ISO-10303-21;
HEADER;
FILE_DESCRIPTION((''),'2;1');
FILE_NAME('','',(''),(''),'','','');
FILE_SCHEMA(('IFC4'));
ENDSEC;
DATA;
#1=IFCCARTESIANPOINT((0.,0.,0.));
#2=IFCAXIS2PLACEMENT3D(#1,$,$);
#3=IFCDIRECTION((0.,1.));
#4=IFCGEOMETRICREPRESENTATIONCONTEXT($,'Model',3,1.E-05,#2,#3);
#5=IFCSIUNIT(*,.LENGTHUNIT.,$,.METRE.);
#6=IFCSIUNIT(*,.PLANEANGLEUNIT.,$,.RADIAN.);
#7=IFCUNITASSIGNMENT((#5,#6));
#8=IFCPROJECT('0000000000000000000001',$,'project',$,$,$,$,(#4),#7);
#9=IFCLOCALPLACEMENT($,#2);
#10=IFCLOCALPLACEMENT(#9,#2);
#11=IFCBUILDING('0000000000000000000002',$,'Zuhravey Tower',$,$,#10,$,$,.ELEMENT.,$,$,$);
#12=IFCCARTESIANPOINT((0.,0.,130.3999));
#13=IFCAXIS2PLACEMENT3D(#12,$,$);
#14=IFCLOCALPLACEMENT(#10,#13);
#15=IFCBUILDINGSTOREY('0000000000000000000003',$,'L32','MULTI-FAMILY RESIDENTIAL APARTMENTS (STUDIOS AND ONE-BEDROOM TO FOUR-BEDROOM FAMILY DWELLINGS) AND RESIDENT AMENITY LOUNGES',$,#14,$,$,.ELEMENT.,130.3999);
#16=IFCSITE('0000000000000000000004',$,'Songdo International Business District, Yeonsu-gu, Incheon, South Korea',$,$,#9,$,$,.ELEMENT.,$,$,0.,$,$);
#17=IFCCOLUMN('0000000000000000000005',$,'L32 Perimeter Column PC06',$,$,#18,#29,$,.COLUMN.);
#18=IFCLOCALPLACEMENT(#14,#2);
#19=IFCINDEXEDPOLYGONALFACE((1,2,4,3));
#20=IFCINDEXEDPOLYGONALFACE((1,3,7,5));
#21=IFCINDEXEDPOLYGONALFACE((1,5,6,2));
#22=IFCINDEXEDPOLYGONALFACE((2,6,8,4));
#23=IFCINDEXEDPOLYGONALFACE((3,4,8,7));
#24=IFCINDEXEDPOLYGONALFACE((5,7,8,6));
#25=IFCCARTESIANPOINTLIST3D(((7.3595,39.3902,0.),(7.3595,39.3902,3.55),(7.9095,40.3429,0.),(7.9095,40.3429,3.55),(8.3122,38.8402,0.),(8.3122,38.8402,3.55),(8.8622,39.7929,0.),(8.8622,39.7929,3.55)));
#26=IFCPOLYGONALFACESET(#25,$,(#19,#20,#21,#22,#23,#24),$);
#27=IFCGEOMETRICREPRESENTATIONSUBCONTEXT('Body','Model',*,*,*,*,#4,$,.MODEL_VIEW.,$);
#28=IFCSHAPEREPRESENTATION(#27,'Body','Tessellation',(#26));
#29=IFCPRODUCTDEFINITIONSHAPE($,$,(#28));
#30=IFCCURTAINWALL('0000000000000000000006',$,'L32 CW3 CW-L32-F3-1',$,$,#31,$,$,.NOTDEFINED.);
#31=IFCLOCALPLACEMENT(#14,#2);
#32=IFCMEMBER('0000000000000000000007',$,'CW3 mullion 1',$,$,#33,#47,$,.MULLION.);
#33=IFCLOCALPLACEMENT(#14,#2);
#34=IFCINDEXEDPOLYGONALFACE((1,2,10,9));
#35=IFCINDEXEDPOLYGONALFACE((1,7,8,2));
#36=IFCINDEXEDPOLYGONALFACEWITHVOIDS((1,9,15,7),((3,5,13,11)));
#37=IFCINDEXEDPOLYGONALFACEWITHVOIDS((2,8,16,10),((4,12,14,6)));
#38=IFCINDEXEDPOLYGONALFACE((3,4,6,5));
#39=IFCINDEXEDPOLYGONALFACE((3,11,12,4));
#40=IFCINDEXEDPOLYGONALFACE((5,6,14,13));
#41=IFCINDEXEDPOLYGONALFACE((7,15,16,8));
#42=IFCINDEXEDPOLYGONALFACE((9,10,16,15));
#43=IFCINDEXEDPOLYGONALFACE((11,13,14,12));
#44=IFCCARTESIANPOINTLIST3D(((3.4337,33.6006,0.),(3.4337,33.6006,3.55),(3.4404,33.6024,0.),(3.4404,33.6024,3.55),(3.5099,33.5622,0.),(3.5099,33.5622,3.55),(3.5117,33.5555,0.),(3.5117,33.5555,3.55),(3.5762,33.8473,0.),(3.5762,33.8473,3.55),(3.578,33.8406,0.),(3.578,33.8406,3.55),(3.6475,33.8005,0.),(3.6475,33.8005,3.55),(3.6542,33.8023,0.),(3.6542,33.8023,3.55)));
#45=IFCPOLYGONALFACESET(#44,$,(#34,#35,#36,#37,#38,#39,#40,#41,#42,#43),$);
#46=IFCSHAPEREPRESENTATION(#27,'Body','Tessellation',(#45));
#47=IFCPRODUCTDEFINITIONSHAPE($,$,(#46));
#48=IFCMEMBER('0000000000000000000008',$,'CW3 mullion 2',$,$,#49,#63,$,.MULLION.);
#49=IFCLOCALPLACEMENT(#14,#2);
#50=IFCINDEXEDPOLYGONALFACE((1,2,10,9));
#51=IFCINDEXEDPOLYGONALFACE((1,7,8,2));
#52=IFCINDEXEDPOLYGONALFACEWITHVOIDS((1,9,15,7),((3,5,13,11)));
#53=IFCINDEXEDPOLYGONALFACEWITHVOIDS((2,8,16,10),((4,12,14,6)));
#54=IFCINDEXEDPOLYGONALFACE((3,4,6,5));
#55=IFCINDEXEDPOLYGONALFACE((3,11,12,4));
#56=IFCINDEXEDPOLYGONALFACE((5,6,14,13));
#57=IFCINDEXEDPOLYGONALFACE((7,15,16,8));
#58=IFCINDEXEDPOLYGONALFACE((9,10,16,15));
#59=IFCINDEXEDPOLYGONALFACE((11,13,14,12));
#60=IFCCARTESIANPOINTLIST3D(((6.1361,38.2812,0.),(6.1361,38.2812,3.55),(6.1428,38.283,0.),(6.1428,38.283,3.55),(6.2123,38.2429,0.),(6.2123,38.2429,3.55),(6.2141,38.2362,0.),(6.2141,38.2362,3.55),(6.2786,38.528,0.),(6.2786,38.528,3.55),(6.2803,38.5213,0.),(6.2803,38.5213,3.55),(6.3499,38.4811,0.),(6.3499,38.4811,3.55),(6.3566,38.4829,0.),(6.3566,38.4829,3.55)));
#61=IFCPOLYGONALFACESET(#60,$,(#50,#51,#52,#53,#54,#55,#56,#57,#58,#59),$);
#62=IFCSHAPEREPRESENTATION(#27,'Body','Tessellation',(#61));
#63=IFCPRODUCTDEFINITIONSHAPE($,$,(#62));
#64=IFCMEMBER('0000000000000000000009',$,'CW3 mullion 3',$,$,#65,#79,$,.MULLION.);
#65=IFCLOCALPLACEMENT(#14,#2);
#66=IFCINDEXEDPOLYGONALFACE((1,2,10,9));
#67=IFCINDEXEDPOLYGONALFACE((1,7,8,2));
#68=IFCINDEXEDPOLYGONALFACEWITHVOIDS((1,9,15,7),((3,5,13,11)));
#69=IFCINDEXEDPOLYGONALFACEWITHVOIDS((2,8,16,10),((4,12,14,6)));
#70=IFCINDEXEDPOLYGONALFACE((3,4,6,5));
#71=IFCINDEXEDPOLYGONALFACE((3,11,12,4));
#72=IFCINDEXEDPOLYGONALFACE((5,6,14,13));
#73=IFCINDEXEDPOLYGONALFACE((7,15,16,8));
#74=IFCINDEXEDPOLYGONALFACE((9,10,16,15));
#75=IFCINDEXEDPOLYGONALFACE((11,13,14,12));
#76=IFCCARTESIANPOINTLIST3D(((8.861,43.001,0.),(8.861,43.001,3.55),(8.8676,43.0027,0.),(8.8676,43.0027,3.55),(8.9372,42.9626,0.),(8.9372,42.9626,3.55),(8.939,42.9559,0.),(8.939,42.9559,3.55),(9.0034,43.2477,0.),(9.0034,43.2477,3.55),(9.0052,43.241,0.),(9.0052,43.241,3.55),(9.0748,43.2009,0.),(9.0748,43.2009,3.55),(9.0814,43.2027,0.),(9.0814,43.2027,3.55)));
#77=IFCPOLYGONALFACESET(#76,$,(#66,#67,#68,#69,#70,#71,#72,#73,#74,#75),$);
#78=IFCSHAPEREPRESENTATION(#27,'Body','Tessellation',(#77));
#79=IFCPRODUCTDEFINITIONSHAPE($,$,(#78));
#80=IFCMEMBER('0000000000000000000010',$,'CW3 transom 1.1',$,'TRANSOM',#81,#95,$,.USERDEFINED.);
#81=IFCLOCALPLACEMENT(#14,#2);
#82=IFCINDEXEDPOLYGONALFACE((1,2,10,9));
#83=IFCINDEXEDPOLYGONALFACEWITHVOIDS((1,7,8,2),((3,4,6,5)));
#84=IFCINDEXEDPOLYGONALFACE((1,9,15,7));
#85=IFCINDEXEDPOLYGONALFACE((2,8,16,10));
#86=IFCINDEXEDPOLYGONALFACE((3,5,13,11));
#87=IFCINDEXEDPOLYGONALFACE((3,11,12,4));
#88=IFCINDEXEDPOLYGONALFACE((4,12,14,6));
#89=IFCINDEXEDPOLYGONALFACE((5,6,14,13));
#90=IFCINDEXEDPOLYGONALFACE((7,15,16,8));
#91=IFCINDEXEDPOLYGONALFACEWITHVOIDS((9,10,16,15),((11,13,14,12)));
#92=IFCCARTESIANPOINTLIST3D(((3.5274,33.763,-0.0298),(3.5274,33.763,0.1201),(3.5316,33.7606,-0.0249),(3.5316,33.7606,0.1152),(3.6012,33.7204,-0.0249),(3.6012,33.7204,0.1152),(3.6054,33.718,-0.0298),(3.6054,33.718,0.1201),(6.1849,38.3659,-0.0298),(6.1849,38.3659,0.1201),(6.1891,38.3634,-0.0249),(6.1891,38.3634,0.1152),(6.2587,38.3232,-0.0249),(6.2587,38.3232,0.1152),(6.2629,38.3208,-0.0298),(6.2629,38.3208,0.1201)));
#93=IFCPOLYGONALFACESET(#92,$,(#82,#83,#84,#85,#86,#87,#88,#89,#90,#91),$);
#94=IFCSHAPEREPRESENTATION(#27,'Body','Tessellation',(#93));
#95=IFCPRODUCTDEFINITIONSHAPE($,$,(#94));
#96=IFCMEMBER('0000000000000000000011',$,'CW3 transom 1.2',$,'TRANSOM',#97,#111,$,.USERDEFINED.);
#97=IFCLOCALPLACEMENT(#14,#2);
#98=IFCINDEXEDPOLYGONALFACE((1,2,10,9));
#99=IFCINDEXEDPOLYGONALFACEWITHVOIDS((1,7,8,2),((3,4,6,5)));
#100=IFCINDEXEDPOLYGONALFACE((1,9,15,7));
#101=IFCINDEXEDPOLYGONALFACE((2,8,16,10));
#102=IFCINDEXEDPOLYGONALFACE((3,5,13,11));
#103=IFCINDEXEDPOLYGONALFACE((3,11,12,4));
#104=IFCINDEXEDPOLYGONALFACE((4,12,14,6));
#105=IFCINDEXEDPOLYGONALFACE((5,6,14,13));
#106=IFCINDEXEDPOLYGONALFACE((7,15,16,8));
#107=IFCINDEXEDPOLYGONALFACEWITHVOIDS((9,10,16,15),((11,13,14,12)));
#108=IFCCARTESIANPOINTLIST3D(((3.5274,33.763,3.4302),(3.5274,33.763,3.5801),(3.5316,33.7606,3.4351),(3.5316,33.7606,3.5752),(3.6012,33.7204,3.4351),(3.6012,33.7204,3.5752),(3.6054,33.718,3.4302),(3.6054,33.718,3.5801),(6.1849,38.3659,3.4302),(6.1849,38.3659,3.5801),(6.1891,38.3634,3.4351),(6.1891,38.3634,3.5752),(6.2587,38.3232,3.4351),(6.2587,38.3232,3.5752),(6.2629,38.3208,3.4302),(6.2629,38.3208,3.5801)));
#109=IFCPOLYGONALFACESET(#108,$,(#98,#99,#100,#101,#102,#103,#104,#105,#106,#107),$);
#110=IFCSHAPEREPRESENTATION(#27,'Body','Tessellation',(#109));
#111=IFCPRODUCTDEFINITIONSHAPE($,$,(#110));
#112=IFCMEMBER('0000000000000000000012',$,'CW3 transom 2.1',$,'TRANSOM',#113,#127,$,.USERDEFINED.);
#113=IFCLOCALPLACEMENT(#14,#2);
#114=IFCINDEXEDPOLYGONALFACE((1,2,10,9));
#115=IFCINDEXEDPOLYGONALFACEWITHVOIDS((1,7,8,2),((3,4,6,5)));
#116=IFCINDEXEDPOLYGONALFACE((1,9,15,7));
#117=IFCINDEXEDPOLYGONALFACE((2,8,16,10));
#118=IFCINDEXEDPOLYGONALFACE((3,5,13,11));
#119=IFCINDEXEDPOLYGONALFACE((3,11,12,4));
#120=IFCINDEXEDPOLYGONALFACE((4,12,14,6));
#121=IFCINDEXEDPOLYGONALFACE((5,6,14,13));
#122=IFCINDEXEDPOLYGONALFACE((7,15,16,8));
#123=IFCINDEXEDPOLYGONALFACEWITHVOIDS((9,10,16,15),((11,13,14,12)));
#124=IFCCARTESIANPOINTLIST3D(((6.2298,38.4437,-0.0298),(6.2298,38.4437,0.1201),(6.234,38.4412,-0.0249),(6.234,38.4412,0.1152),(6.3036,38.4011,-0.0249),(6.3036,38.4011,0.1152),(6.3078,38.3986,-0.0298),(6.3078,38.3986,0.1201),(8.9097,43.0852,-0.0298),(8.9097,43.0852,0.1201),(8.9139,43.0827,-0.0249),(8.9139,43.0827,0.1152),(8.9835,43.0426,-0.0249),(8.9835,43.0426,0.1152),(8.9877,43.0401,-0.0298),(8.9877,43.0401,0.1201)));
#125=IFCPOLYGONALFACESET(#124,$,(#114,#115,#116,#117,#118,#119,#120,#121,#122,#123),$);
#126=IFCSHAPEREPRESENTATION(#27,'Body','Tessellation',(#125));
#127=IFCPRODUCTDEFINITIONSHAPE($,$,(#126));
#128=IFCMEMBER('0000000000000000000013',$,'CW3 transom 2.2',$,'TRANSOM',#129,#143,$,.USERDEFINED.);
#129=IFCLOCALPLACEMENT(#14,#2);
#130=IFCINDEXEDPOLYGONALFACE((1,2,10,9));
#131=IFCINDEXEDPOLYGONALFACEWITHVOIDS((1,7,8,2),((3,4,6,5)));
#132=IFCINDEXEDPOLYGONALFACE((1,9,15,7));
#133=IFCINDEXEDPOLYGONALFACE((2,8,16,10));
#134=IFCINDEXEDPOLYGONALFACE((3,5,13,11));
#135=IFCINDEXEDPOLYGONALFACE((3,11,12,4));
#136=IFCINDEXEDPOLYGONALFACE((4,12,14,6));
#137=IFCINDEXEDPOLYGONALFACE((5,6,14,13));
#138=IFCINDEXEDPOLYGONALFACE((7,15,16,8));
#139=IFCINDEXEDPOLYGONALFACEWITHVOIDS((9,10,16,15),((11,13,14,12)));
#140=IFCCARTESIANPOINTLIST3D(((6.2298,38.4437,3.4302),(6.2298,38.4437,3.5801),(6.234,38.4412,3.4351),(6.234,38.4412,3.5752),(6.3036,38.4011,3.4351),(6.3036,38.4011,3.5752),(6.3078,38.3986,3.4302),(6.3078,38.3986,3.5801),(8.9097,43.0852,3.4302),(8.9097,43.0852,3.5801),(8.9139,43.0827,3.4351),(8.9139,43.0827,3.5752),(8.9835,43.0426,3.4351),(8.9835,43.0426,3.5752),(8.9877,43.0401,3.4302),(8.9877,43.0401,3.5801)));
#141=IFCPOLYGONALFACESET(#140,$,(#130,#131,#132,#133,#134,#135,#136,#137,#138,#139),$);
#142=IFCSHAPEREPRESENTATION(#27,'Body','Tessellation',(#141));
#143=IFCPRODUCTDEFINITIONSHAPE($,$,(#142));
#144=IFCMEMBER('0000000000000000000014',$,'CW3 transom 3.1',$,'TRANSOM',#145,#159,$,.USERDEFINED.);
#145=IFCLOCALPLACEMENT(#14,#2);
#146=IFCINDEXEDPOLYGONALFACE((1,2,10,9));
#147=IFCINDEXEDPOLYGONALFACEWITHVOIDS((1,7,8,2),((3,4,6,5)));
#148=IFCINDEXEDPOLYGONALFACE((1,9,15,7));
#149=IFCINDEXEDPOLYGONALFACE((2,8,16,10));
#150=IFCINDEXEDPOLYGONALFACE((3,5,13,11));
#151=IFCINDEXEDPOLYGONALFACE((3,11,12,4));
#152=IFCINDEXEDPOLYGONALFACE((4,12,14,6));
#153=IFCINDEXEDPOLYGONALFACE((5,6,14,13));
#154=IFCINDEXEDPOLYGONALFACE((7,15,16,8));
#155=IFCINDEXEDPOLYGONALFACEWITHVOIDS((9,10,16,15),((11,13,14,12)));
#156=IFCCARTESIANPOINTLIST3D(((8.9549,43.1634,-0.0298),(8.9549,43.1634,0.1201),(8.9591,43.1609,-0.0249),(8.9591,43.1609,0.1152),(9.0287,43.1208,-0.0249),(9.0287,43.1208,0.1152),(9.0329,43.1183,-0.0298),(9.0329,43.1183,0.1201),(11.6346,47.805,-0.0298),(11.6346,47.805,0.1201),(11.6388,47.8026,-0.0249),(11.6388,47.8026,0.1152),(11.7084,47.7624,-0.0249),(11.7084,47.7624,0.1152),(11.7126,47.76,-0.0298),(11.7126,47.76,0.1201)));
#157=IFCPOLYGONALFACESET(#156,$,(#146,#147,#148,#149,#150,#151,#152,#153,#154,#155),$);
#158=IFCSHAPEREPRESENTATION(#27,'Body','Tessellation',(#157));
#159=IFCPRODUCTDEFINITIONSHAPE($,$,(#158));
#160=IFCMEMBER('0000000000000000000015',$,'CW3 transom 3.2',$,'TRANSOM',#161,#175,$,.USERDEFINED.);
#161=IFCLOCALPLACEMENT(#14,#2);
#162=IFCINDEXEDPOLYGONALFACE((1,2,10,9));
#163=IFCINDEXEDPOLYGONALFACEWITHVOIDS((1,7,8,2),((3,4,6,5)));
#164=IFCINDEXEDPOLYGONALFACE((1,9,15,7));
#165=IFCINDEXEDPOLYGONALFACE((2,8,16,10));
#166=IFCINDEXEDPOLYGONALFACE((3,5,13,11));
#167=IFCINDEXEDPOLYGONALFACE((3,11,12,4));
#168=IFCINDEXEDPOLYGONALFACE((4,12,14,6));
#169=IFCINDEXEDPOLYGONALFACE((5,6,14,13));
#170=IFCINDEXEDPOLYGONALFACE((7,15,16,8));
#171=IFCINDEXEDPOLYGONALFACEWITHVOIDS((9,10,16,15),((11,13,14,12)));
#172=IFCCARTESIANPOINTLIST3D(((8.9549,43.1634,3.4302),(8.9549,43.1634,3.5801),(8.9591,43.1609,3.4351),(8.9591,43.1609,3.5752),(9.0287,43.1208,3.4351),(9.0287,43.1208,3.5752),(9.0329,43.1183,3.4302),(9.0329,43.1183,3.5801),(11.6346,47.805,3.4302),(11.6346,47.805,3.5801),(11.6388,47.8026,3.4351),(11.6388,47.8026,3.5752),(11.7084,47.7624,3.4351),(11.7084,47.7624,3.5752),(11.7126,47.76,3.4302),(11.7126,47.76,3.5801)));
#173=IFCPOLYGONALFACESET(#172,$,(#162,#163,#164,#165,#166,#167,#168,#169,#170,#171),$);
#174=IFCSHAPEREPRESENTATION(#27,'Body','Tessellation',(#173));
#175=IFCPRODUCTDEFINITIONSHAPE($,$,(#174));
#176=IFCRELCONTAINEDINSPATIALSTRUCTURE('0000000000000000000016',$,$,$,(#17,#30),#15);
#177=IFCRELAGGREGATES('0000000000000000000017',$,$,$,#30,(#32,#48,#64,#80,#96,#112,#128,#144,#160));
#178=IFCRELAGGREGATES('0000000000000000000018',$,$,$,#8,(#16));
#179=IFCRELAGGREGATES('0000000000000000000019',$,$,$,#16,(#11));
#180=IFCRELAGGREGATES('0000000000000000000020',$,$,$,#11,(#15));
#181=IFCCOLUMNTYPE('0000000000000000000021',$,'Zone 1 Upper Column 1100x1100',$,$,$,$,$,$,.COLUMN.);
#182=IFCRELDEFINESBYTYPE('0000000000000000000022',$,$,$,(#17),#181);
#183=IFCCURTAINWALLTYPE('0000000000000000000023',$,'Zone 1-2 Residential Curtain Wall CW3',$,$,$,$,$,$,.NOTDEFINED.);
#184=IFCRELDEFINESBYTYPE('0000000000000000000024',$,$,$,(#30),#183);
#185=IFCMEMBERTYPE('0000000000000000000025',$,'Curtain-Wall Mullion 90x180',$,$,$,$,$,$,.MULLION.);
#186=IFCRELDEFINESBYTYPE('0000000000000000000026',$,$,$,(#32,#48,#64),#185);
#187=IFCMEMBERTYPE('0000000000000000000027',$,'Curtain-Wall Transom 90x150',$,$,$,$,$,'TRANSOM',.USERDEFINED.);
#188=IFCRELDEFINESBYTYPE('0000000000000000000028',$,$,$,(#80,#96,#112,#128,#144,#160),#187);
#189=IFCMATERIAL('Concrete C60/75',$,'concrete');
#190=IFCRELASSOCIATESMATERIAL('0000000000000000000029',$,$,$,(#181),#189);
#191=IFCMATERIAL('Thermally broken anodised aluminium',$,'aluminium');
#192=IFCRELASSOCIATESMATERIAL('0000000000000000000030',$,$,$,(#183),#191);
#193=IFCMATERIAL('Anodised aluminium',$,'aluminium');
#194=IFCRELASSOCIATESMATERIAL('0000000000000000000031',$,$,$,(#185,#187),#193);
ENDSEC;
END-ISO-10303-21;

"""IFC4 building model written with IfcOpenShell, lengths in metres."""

from ifc_helpers import new_model, si_unit, direction, frame, origin, origin_2d, place, context, subcontext, project, spatial, rectangle, hollow_rectangle, extrude, material, material_profile, profile_set, type_object, element, aggregate, save


model = new_model("IFC4")

# Units and contexts
model_context = context("Model", 3, precision=1e-05, world=origin(), true_north=direction((0.0, 1.0)))
body_context = subcontext(model_context, "Body", "Model", "MODEL_VIEW")
ifc_project = project(units=[si_unit("LENGTHUNIT", "METRE"), si_unit("PLANEANGLEUNIT", "RADIAN")], contexts=[model_context])

# Site, building, storey
site_placement = place(None, origin())
site = spatial("IfcSite", under=ifc_project, at=site_placement, Name="Songdo International Business District, Yeonsu-gu, Incheon, South Korea", CompositionType="ELEMENT", RefElevation=0.0)
building_placement = place(site_placement, origin())
building = spatial("IfcBuilding", under=site, at=building_placement, Name="Zuhravey Tower", CompositionType="ELEMENT")
storey_placement = place(building_placement, frame((0.0, 0.0, 130.3999)))
storey = spatial("IfcBuildingStorey", under=building, at=storey_placement, Name="L32", Description="MULTI-FAMILY RESIDENTIAL APARTMENTS (STUDIOS AND ONE-BEDROOM TO FOUR-BEDROOM FAMILY DWELLINGS) AND RESIDENT AMENITY LOUNGES", CompositionType="ELEMENT", Elevation=130.3999)

# Column
ifc_material_1 = material(Name="Concrete C60/75", Category="concrete")
ifc_material_profile_1 = material_profile(ifc_material_1, rectangle(XDim=1.1001, YDim=1.1001, at=origin_2d()), Name="RC-1100x1100")
ifc_profile_set_1 = profile_set([ifc_material_profile_1], Name="Concrete C60/75")
column_type = type_object("IfcColumnType", Name="Zone 1 Upper Column 1100x1100", PredefinedType="COLUMN", material=ifc_profile_set_1)
column_placement = place(storey_placement, frame((8.1108, 39.5916, 0.0), z_axis=(0.0, 0.0, 1.0), x_axis=(-0.5, -0.866025, 0.0)))
element("IfcColumn", 1, at=column_placement, inside=storey, type_object=column_type, Name="L32 Perimeter Column PC06", PredefinedType="COLUMN", context=body_context, shape_type="SweptSolid", body=[
    extrude(rectangle(XDim=1.1001, YDim=1.1001, at=origin_2d()), origin(), (0.0, 0.0, 1.0), 3.55),
])

# Curtain wall, members
ifc_material_2 = material(Name="Thermally broken anodised aluminium", Category="aluminium")
curtain_wall_type = type_object("IfcCurtainWallType", Name="Zone 1-2 Residential Curtain Wall CW3", PredefinedType="NOTDEFINED", material=ifc_material_2)
curtain_wall_placement = place(storey_placement, origin())
curtain_wall = element("IfcCurtainWall", 2, at=curtain_wall_placement, inside=storey, type_object=curtain_wall_type, Name="L32 CW3 CW-L32-F3-1", PredefinedType="NOTDEFINED")
ifc_material_3 = material(Name="Anodised aluminium", Category="aluminium")
ifc_material_profile_2 = material_profile(ifc_material_3, hollow_rectangle(XDim=0.0901, YDim=0.2849, WallThickness=0.0049, at=origin_2d()), Name="ALU-RHS-90x285x5")
ifc_profile_set_2 = profile_set([ifc_material_profile_2], Name="Anodised aluminium")
member_type_1 = type_object("IfcMemberType", Name="Curtain-Wall Mullion 90x180", PredefinedType="MULLION", material=ifc_profile_set_2)
member_1_placement = place(storey_placement, frame((3.5439, 33.7014, 0.0), z_axis=(0.0, 0.0, 1.0), x_axis=(-0.866025, 0.5, 0.0)))
member_1 = element("IfcMember", 3, at=member_1_placement, type_object=member_type_1, Name="CW3 mullion 1", PredefinedType="MULLION", context=body_context, shape_type="SweptSolid", body=[
    extrude(hollow_rectangle(XDim=0.0901, YDim=0.2849, WallThickness=0.0049, at=origin_2d()), origin(), (0.0, 0.0, 1.0), 3.55),
])
member_2_placement = place(storey_placement, frame((6.2463, 38.3821, 0.0), z_axis=(0.0, 0.0, 1.0), x_axis=(-0.866025, 0.5, 0.0)))
member_2 = element("IfcMember", 4, at=member_2_placement, type_object=member_type_1, Name="CW3 mullion 2", PredefinedType="MULLION", context=body_context, shape_type="SweptSolid", body=[
    extrude(hollow_rectangle(XDim=0.0901, YDim=0.2849, WallThickness=0.0049, at=origin_2d()), origin(), (0.0, 0.0, 1.0), 3.55),
])
member_3_placement = place(storey_placement, frame((8.9712, 43.1018, 0.0), z_axis=(0.0, 0.0, 1.0), x_axis=(-0.866025, 0.5, 0.0)))
member_3 = element("IfcMember", 5, at=member_3_placement, type_object=member_type_1, Name="CW3 mullion 3", PredefinedType="MULLION", context=body_context, shape_type="SweptSolid", body=[
    extrude(hollow_rectangle(XDim=0.0901, YDim=0.2849, WallThickness=0.0049, at=origin_2d()), origin(), (0.0, 0.0, 1.0), 3.55),
])
ifc_material_profile_3 = material_profile(ifc_material_3, hollow_rectangle(XDim=0.0901, YDim=0.1499, WallThickness=0.0049, at=origin_2d()), Name="ALU-RHS-90x150x5")
ifc_profile_set_3 = profile_set([ifc_material_profile_3], Name="Anodised aluminium")
member_type_2 = type_object("IfcMemberType", Name="Curtain-Wall Transom 90x150", ElementType="TRANSOM", PredefinedType="USERDEFINED", material=ifc_profile_set_3)
member_4_placement = place(storey_placement, frame((3.5664, 33.7405, 0.0452), z_axis=(0.500007, 0.866021, 0.0), x_axis=(-0.866021, 0.500007, 0.0)))
member_4 = element("IfcMember", 6, at=member_4_placement, type_object=member_type_2, Name="CW3 transom 1.1", ObjectType="TRANSOM", PredefinedType="USERDEFINED", context=body_context, shape_type="SweptSolid", body=[
    extrude(hollow_rectangle(XDim=0.0901, YDim=0.1499, WallThickness=0.0049, at=origin_2d()), origin(), (0.0, 0.0, 1.0), 5.3149),
])
member_5_placement = place(storey_placement, frame((3.5664, 33.7405, 3.5051), z_axis=(0.500007, 0.866021, 0.0), x_axis=(-0.866021, 0.500007, 0.0)))
member_5 = element("IfcMember", 7, at=member_5_placement, type_object=member_type_2, Name="CW3 transom 1.2", ObjectType="TRANSOM", PredefinedType="USERDEFINED", context=body_context, shape_type="SweptSolid", body=[
    extrude(hollow_rectangle(XDim=0.0901, YDim=0.1499, WallThickness=0.0049, at=origin_2d()), origin(), (0.0, 0.0, 1.0), 5.3149),
])
member_6_placement = place(storey_placement, frame((6.2688, 38.4211, 0.0452), z_axis=(0.500014, 0.866017, 0.0), x_axis=(-0.866017, 0.500014, 0.0)))
member_6 = element("IfcMember", 8, at=member_6_placement, type_object=member_type_2, Name="CW3 transom 2.1", ObjectType="TRANSOM", PredefinedType="USERDEFINED", context=body_context, shape_type="SweptSolid", body=[
    extrude(hollow_rectangle(XDim=0.0901, YDim=0.1499, WallThickness=0.0049, at=origin_2d()), origin(), (0.0, 0.0, 1.0), 5.3596),
])
member_7_placement = place(storey_placement, frame((6.2688, 38.4211, 3.5051), z_axis=(0.500014, 0.866017, 0.0), x_axis=(-0.866017, 0.500014, 0.0)))
member_7 = element("IfcMember", 9, at=member_7_placement, type_object=member_type_2, Name="CW3 transom 2.2", ObjectType="TRANSOM", PredefinedType="USERDEFINED", context=body_context, shape_type="SweptSolid", body=[
    extrude(hollow_rectangle(XDim=0.0901, YDim=0.1499, WallThickness=0.0049, at=origin_2d()), origin(), (0.0, 0.0, 1.0), 5.3596),
])
member_8_placement = place(storey_placement, frame((8.9939, 43.1409, 0.0452), z_axis=(0.49998, 0.866037, 0.0), x_axis=(-0.866037, 0.49998, 0.0)))
member_8 = element("IfcMember", 10, at=member_8_placement, type_object=member_type_2, Name="CW3 transom 3.1", ObjectType="TRANSOM", PredefinedType="USERDEFINED", context=body_context, shape_type="SweptSolid", body=[
    extrude(hollow_rectangle(XDim=0.0901, YDim=0.1499, WallThickness=0.0049, at=origin_2d()), origin(), (0.0, 0.0, 1.0), 5.3596),
])
member_9_placement = place(storey_placement, frame((8.9939, 43.1409, 3.5051), z_axis=(0.49998, 0.866037, 0.0), x_axis=(-0.866037, 0.49998, 0.0)))
member_9 = element("IfcMember", 11, at=member_9_placement, type_object=member_type_2, Name="CW3 transom 3.2", ObjectType="TRANSOM", PredefinedType="USERDEFINED", context=body_context, shape_type="SweptSolid", body=[
    extrude(hollow_rectangle(XDim=0.0901, YDim=0.1499, WallThickness=0.0049, at=origin_2d()), origin(), (0.0, 0.0, 1.0), 5.3596),
])

aggregate(curtain_wall, [member_1, member_2, member_3, member_4, member_5, member_6, member_7, member_8, member_9])

save(model, "model.ifc")
